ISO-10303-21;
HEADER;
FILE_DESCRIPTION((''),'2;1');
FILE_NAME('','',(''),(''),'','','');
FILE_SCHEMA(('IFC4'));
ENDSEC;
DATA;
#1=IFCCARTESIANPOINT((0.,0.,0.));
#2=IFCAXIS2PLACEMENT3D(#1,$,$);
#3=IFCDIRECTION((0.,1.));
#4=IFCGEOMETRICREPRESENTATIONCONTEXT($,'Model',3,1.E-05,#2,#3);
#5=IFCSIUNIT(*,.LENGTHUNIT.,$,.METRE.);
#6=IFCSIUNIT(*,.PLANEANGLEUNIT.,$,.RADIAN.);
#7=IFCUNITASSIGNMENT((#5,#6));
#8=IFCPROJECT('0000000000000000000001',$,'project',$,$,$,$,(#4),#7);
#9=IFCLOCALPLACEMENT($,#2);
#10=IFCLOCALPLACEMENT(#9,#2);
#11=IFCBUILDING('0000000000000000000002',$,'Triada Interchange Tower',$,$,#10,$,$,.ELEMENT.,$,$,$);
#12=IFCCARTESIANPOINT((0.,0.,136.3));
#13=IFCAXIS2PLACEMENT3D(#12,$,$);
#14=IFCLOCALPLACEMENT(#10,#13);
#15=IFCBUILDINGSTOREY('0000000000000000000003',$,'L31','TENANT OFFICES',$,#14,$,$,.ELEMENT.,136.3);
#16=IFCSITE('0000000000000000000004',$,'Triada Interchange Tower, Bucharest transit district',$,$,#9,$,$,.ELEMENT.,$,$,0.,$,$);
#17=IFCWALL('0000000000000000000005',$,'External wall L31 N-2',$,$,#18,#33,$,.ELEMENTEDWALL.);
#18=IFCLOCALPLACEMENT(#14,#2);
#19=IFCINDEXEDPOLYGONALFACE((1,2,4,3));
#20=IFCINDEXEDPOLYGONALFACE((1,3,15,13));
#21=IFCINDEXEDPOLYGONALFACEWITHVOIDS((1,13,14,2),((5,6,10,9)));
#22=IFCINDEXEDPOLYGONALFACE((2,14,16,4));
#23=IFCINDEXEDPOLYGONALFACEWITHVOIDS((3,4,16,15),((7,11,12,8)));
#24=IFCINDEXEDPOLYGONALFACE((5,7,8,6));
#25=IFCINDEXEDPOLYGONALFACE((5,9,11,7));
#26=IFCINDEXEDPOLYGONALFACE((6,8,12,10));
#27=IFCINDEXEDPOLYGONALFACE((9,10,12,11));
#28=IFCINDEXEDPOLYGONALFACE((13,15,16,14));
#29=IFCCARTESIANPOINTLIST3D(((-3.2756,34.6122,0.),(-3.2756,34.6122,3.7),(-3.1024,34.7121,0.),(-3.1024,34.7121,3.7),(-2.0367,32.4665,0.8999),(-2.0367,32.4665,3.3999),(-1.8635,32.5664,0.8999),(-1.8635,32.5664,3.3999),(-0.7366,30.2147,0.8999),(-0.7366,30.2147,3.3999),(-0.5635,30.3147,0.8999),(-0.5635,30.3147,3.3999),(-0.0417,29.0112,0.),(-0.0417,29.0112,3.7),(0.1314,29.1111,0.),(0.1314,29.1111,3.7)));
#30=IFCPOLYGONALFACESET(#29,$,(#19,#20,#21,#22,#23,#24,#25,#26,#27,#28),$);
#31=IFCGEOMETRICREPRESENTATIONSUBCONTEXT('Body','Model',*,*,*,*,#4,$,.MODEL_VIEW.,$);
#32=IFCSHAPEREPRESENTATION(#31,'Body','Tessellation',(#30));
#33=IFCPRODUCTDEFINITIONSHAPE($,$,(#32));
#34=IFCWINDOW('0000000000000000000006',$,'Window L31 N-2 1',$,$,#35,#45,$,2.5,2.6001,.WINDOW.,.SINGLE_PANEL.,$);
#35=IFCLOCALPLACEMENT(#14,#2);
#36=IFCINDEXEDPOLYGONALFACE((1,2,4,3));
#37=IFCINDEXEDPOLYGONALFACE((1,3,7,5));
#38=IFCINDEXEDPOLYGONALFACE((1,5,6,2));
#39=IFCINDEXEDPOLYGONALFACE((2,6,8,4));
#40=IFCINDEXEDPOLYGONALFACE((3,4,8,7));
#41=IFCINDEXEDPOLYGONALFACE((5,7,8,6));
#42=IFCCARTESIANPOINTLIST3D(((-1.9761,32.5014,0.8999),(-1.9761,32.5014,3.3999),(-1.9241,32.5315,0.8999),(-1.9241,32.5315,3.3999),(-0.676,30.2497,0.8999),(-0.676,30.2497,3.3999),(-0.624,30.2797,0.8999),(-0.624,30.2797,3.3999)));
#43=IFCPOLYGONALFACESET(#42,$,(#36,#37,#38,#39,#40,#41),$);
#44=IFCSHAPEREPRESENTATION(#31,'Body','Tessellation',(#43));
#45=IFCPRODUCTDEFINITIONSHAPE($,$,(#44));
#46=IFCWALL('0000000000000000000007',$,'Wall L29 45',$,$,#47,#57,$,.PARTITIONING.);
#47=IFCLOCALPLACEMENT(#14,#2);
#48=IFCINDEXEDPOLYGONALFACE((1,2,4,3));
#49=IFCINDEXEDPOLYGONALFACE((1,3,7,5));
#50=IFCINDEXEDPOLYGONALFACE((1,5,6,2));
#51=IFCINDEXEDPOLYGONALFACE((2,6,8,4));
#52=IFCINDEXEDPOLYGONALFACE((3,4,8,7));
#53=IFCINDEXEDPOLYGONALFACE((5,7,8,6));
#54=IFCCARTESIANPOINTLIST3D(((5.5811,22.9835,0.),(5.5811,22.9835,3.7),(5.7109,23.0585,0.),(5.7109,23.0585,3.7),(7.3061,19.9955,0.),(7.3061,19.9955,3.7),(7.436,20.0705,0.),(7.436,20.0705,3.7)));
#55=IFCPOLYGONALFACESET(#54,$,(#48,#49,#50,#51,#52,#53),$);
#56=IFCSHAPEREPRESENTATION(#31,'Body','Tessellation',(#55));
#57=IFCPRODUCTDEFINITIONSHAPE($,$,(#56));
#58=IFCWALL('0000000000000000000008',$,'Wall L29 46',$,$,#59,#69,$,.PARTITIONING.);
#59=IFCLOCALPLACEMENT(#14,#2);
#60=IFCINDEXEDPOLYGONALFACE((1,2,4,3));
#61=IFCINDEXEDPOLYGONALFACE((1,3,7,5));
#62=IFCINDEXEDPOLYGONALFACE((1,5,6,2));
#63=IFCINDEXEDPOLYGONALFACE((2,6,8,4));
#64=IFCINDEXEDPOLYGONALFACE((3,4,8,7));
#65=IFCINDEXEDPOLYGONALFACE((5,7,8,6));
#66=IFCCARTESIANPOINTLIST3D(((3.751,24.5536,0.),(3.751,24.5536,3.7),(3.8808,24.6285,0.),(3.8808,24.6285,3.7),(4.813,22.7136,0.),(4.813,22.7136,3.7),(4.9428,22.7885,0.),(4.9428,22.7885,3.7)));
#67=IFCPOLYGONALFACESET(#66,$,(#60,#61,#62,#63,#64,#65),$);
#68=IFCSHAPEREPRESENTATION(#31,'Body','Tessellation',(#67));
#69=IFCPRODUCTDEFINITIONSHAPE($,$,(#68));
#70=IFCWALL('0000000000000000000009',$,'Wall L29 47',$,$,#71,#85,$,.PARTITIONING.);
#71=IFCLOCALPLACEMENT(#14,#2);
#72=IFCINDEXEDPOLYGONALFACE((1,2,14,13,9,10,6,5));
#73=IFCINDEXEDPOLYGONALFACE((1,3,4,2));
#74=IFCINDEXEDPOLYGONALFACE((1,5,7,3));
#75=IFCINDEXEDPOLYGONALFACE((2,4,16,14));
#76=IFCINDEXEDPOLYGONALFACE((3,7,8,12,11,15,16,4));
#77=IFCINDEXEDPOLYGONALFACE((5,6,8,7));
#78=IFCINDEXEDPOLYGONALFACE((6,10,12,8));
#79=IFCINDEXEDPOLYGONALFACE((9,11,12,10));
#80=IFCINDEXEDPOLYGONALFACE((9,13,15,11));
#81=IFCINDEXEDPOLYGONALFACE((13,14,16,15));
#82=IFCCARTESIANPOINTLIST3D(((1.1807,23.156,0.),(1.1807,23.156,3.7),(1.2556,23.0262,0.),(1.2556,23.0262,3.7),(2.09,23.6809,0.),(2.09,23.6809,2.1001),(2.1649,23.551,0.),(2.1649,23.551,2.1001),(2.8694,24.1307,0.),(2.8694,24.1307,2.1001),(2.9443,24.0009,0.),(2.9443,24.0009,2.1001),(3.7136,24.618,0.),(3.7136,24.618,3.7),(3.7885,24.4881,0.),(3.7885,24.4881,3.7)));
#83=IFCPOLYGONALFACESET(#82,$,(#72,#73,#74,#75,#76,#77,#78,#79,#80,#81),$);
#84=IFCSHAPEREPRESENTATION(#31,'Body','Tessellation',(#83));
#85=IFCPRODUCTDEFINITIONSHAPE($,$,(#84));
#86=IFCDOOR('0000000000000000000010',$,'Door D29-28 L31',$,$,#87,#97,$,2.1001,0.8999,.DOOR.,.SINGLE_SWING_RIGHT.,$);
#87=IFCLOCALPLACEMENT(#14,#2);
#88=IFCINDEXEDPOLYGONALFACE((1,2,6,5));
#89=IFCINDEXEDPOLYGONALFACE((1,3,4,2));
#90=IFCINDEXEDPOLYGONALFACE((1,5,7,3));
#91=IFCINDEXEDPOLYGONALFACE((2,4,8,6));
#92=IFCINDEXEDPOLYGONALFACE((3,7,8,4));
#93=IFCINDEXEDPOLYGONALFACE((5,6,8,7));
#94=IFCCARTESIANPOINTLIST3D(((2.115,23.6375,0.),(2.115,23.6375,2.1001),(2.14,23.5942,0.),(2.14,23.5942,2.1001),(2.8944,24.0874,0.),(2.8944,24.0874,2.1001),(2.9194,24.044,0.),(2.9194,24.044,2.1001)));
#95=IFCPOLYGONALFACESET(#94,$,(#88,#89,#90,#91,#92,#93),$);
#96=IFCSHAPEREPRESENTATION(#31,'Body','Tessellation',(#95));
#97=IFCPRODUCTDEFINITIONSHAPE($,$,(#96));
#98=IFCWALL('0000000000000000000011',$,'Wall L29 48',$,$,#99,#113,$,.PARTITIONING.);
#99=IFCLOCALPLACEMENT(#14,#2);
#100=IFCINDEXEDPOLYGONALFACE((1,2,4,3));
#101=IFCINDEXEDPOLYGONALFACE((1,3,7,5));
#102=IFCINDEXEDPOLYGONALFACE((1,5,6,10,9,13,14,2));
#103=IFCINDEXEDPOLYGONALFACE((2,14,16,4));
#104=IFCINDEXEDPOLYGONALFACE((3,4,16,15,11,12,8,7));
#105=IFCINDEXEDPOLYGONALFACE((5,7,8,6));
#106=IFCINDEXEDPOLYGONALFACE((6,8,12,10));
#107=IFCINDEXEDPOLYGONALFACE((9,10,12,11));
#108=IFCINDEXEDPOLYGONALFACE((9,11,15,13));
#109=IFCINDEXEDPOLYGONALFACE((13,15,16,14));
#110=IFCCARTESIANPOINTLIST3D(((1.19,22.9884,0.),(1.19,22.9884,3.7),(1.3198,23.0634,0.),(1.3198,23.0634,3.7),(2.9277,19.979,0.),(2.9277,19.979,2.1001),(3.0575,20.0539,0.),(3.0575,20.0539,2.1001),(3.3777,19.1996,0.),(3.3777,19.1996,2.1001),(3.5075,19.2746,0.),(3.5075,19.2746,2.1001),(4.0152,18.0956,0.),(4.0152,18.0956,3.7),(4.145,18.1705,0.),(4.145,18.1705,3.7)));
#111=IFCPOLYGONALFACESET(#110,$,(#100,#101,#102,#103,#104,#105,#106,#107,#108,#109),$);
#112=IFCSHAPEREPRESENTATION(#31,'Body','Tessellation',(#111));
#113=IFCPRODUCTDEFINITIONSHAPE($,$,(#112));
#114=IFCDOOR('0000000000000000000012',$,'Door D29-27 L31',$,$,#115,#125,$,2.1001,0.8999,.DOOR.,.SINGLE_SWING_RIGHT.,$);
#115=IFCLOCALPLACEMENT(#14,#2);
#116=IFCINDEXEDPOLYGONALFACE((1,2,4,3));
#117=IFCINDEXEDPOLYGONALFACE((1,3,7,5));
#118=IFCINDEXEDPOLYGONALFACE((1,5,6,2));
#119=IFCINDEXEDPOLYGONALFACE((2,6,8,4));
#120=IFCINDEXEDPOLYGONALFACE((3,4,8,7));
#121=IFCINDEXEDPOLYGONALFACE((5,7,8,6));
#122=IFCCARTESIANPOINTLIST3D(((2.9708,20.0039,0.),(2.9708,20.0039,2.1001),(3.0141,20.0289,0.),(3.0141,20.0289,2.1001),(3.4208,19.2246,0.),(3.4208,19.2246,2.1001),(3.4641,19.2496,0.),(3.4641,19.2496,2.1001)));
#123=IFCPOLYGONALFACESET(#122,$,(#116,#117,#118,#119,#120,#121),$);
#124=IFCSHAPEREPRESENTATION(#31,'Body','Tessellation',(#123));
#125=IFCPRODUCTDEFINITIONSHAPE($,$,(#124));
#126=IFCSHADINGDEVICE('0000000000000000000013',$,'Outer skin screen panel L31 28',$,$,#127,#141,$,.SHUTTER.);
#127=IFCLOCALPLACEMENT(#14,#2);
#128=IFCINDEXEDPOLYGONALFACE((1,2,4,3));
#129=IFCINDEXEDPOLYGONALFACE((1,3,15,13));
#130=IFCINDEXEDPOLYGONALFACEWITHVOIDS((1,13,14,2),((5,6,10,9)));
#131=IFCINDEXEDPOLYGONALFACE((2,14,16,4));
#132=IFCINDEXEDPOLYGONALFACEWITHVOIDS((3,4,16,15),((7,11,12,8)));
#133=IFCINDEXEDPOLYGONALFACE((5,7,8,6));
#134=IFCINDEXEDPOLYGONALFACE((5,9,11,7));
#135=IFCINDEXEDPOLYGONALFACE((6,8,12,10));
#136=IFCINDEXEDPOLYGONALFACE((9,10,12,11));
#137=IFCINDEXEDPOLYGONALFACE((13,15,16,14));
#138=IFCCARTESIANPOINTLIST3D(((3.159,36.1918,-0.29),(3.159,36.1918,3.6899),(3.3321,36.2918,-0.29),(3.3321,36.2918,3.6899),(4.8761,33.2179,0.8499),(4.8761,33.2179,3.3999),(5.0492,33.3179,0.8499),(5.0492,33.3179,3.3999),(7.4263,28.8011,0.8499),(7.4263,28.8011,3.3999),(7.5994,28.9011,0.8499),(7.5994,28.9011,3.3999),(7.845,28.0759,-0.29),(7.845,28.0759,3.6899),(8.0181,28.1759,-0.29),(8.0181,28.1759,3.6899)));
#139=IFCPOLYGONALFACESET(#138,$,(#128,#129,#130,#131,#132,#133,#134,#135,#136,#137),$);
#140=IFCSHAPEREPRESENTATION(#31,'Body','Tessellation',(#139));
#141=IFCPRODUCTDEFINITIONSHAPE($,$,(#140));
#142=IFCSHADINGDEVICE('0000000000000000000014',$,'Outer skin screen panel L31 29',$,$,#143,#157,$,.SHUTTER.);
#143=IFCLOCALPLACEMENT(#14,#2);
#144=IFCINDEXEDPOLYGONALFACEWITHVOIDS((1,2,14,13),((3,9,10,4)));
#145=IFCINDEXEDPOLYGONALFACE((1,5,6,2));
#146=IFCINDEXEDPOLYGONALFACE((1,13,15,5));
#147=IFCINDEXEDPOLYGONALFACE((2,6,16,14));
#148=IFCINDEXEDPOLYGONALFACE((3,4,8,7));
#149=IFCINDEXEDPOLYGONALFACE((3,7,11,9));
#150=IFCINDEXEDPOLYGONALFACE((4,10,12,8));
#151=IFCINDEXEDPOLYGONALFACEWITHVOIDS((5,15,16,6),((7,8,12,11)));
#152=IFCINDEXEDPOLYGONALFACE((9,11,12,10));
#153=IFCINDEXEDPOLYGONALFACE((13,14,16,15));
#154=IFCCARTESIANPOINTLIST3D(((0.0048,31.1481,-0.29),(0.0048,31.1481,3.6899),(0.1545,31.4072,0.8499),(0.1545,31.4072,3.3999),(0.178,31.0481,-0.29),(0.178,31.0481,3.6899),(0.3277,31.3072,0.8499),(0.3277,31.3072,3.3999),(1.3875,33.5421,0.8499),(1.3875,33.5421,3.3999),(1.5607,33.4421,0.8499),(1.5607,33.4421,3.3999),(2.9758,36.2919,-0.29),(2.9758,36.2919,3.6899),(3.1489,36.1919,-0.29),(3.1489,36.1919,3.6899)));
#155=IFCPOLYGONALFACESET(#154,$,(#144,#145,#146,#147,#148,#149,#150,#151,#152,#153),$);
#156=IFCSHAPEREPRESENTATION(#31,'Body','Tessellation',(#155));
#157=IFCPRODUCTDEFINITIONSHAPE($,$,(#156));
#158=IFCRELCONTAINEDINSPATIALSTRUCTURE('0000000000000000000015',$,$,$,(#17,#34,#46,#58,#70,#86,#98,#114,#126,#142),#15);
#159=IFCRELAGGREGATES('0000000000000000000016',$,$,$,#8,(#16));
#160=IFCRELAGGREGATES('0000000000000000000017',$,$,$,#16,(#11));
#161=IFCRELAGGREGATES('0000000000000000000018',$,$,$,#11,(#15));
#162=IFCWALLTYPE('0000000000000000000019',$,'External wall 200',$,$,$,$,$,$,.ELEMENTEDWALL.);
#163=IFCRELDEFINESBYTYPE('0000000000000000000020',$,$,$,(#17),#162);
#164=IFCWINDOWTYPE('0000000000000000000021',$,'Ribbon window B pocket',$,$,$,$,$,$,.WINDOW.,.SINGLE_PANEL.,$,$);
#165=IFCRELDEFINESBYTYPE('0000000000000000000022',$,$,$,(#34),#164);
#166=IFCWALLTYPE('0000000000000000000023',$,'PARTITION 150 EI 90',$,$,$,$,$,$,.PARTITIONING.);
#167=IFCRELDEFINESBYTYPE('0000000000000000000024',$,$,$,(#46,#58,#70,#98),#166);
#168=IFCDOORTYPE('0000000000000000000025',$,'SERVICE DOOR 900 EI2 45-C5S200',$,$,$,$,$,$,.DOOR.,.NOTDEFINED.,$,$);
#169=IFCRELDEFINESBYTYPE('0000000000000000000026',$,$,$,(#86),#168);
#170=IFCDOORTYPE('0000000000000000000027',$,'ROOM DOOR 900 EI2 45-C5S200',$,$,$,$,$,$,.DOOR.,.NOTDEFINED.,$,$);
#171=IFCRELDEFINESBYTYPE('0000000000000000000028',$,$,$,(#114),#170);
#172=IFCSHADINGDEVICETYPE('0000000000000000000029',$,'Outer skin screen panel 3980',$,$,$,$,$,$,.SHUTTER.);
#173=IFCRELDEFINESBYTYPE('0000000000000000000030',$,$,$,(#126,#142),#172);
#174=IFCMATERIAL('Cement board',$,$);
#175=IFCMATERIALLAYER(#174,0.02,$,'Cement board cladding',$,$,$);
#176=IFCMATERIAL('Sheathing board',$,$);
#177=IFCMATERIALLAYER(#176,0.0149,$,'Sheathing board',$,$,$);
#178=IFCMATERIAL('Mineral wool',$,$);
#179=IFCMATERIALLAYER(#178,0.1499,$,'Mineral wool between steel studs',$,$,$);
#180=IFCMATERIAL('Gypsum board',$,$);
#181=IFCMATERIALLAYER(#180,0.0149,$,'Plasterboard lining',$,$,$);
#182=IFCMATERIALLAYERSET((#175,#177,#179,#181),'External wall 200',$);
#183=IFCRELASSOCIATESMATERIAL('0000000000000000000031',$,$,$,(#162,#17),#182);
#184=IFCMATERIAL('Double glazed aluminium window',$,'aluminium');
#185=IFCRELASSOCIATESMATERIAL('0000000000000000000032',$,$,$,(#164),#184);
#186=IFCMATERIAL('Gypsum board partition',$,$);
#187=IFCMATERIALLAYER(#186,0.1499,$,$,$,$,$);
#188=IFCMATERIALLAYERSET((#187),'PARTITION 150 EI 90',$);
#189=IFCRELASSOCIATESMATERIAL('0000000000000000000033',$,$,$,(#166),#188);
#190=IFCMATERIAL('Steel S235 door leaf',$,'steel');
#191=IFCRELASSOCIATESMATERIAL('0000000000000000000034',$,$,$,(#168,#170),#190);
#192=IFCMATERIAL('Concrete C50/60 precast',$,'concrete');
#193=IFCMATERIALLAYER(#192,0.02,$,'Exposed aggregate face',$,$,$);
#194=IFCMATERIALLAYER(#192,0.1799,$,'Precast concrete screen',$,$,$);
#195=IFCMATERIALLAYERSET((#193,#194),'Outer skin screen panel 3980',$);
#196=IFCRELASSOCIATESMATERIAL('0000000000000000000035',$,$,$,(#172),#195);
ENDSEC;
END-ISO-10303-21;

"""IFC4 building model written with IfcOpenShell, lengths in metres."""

from ifc_helpers import new_model, si_unit, direction, frame, frame_2d, origin, place, context, subcontext, project, spatial, polyline, rectangle, outline, extrude, material, layer, layer_set, layer_usage, type_object, element, fill, save


model = new_model("IFC4")

# Units and contexts
model_context = context("Model", 3, precision=1e-05, world=origin(), true_north=direction((0.0, 1.0)))
body_context = subcontext(model_context, "Body", "Model", "MODEL_VIEW")
ifc_project = project(units=[si_unit("LENGTHUNIT", "METRE"), si_unit("PLANEANGLEUNIT", "RADIAN")], contexts=[model_context])

# Site, building, storey
site_placement = place(None, origin())
site = spatial("IfcSite", under=ifc_project, at=site_placement, Name="Triada Interchange Tower, Bucharest transit district", CompositionType="ELEMENT", RefElevation=0.0)
building_placement = place(site_placement, origin())
building = spatial("IfcBuilding", under=site, at=building_placement, Name="Triada Interchange Tower", CompositionType="ELEMENT")
storey_placement = place(building_placement, frame((0.0, 0.0, 136.3)))
storey = spatial("IfcBuildingStorey", under=building, at=storey_placement, Name="L31", Description="TENANT OFFICES", CompositionType="ELEMENT", Elevation=136.3)

# Wall, opening, window
ifc_material_1 = material(Name="Cement board")
ifc_layer_1 = layer(ifc_material_1, 0.02, Name="Cement board cladding")
ifc_material_2 = material(Name="Sheathing board")
ifc_layer_2 = layer(ifc_material_2, 0.0149, Name="Sheathing board")
ifc_material_3 = material(Name="Mineral wool")
ifc_layer_3 = layer(ifc_material_3, 0.1499, Name="Mineral wool between steel studs")
ifc_material_4 = material(Name="Gypsum board")
ifc_layer_4 = layer(ifc_material_4, 0.0149, Name="Plasterboard lining")
ifc_layer_set_1 = layer_set([ifc_layer_1, ifc_layer_2, ifc_layer_3, ifc_layer_4], Name="External wall 200")
ifc_layer_usage = layer_usage(ifc_layer_set_1, "AXIS2", "POSITIVE", -0.1001)
wall_type_1 = type_object("IfcWallType", Name="External wall 200", PredefinedType="ELEMENTEDWALL", material=ifc_layer_set_1)
ifc_material_5 = material(Name="Double glazed aluminium window", Category="aluminium")
window_type = type_object("IfcWindowType", Name="Ribbon window B pocket", PartitioningType="SINGLE_PANEL", PredefinedType="WINDOW", material=ifc_material_5)
wall_1_placement = place(storey_placement, frame((0.0449, 29.061, 0.0), z_axis=(0.0, 0.0, 1.0), x_axis=(-0.500012, 0.866018, 0.0)))
wall_1 = element("IfcWall", 1, at=wall_1_placement, inside=storey, type_object=wall_type_1, material=ifc_layer_usage, Name="External wall L31 N-2", PredefinedType="ELEMENTEDWALL", context=body_context, shape_type="SweptSolid", body=[
    extrude(rectangle(XDim=6.4675, YDim=0.2, at=frame_2d((3.2339, 0.0))), origin(), (0.0, 0.0, 1.0), 3.7),
])
opening_1_placement = place(wall_1_placement, frame((1.3899, 0.0, 0.8999)))
opening_1 = element("IfcOpeningElement", 2, at=opening_1_placement, cuts=wall_1, PredefinedType="OPENING", context=body_context, shape_type="SweptSolid", body=[
    extrude(rectangle(XDim=2.6001, YDim=2.5, at=frame_2d((1.3, 1.25))), frame((0.0, 0.1099, 0.0), z_axis=(0.0, -1.0, 0.0), x_axis=(1.0, 0.0, 0.0)), (0.0, 0.0, 1.0), 0.22),
])
window_1_placement = place(opening_1_placement, origin())
window_1 = element("IfcWindow", 3, at=window_1_placement, inside=storey, type_object=window_type, Name="Window L31 N-2 1", OverallHeight=2.5, OverallWidth=2.6001, PartitioningType="SINGLE_PANEL", PredefinedType="WINDOW", context=body_context, shape_type="SweptSolid", body=[
    extrude(rectangle(XDim=2.6001, YDim=2.5, at=frame_2d((1.3, 1.25))), frame((0.0, 0.03, 0.0), z_axis=(0.0, -1.0, 0.0), x_axis=(1.0, 0.0, 0.0)), (0.0, 0.0, 1.0), 0.0601),
])
fill(opening_1, window_1)

# Walls
ifc_material_6 = material(Name="Gypsum board partition")
ifc_layer_5 = layer(ifc_material_6, 0.1499)
ifc_layer_set_2 = layer_set([ifc_layer_5], Name="PARTITION 150 EI 90")
wall_type_2 = type_object("IfcWallType", Name="PARTITION 150 EI 90", PredefinedType="PARTITIONING", material=ifc_layer_set_2)
wall_2_placement = place(storey_placement, frame((5.646, 23.021, 0.0), z_axis=(0.0, 0.0, 1.0), x_axis=(0.49999, -0.866031, 0.0)))
element("IfcWall", 4, at=wall_2_placement, inside=storey, type_object=wall_type_2, Name="Wall L29 45", PredefinedType="PARTITIONING", context=body_context, shape_type="SweptSolid", body=[
    extrude(rectangle(XDim=3.4502, YDim=0.1499, at=frame_2d((1.7251, 0.0))), origin(), (0.0, 0.0, 1.0), 3.7),
])
wall_3_placement = place(storey_placement, frame((3.8159, 24.5911, 0.0), z_axis=(0.0, 0.0, 1.0), x_axis=(0.499872, -0.866099, 0.0)))
element("IfcWall", 5, at=wall_3_placement, inside=storey, type_object=wall_type_2, Name="Wall L29 46", PredefinedType="PARTITIONING", context=body_context, shape_type="SweptSolid", body=[
    extrude(rectangle(XDim=2.1245, YDim=0.1499, at=frame_2d((1.0623, 0.0))), origin(), (0.0, 0.0, 1.0), 3.7),
])

# Walls, openings, doors
wall_4_placement = place(storey_placement, frame((1.218, 23.0911, 0.0), z_axis=(0.0, 0.0, 1.0), x_axis=(0.866098, 0.499874, 0.0)))
wall_4 = element("IfcWall", 6, at=wall_4_placement, inside=storey, type_object=wall_type_2, Name="Wall L29 47", PredefinedType="PARTITIONING", context=body_context, shape_type="SweptSolid", body=[
    extrude(rectangle(XDim=2.9246, YDim=0.1499, at=frame_2d((1.4624, 0.0))), origin(), (0.0, 0.0, 1.0), 3.7),
])
opening_2_placement = place(wall_4_placement, frame((1.05, 0.0, 0.0)))
opening_2 = element("IfcOpeningElement", 7, at=opening_2_placement, cuts=wall_4, PredefinedType="OPENING", context=body_context, shape_type="SweptSolid", body=[
    extrude(rectangle(XDim=0.8999, YDim=2.1001, at=frame_2d((0.45, 1.05))), frame((0.0, 0.085, 0.0), z_axis=(0.0, -1.0, 0.0), x_axis=(1.0, 0.0, 0.0)), (0.0, 0.0, 1.0), 0.1699),
])
ifc_material_7 = material(Name="Steel S235 door leaf", Category="steel")
door_type_1 = type_object("IfcDoorType", Name="SERVICE DOOR 900 EI2 45-C5S200", OperationType="NOTDEFINED", PredefinedType="DOOR", material=ifc_material_7)
door_1_placement = place(opening_2_placement, origin())
door_1 = element("IfcDoor", 8, at=door_1_placement, inside=storey, type_object=door_type_1, Name="Door D29-28 L31", OperationType="SINGLE_SWING_RIGHT", OverallHeight=2.1001, OverallWidth=0.8999, PredefinedType="DOOR", context=body_context, shape_type="SweptSolid", body=[
    extrude(rectangle(XDim=0.8999, YDim=2.1001, at=frame_2d((0.45, 1.05))), frame((0.0, 0.0249, 0.0), z_axis=(0.0, -1.0, 0.0), x_axis=(1.0, 0.0, 0.0)), (0.0, 0.0, 1.0), 0.05),
])
fill(opening_2, door_1)
wall_5_placement = place(storey_placement, frame((1.2549, 23.0259, 0.0), z_axis=(0.0, 0.0, 1.0), x_axis=(0.500043, -0.866001, 0.0)))
wall_5 = element("IfcWall", 9, at=wall_5_placement, inside=storey, type_object=wall_type_2, Name="Wall L29 48", PredefinedType="PARTITIONING", context=body_context, shape_type="SweptSolid", body=[
    extrude(rectangle(XDim=5.6499, YDim=0.1499, at=frame_2d((2.825, 0.0))), origin(), (0.0, 0.0, 1.0), 3.7),
])
opening_3_placement = place(wall_5_placement, frame((3.4751, 0.0, 0.0)))
opening_3 = element("IfcOpeningElement", 10, at=opening_3_placement, cuts=wall_5, PredefinedType="OPENING", context=body_context, shape_type="SweptSolid", body=[
    extrude(rectangle(XDim=0.8999, YDim=2.1001, at=frame_2d((0.45, 1.05))), frame((0.0, 0.085, 0.0), z_axis=(0.0, -1.0, 0.0), x_axis=(1.0, 0.0, 0.0)), (0.0, 0.0, 1.0), 0.1699),
])
door_type_2 = type_object("IfcDoorType", Name="ROOM DOOR 900 EI2 45-C5S200", OperationType="NOTDEFINED", PredefinedType="DOOR", material=ifc_material_7)
door_2_placement = place(opening_3_placement, origin())
door_2 = element("IfcDoor", 11, at=door_2_placement, inside=storey, type_object=door_type_2, Name="Door D29-27 L31", OperationType="SINGLE_SWING_RIGHT", OverallHeight=2.1001, OverallWidth=0.8999, PredefinedType="DOOR", context=body_context, shape_type="SweptSolid", body=[
    extrude(rectangle(XDim=0.8999, YDim=2.1001, at=frame_2d((0.45, 1.05))), frame((0.0, 0.0249, 0.0), z_axis=(0.0, -1.0, 0.0), x_axis=(1.0, 0.0, 0.0)), (0.0, 0.0, 1.0), 0.05),
])
fill(opening_3, door_2)

# Shading devices
ifc_material_8 = material(Name="Concrete C50/60 precast", Category="concrete")
ifc_layer_6 = layer(ifc_material_8, 0.02, Name="Exposed aggregate face")
ifc_layer_7 = layer(ifc_material_8, 0.1799, Name="Precast concrete screen")
ifc_layer_set_3 = layer_set([ifc_layer_6, ifc_layer_7], Name="Outer skin screen panel 3980")
shading_device_type = type_object("IfcShadingDeviceType", Name="Outer skin screen panel 3980", PredefinedType="SHUTTER", material=ifc_layer_set_3)
shading_device_1_placement = place(storey_placement, frame((7.845, 28.0759, -0.29), z_axis=(0.0, 0.0, 1.0), x_axis=(-0.500022, 0.866012, 0.0)))
element("IfcShadingDevice", 12, at=shading_device_1_placement, inside=storey, type_object=shading_device_type, Name="Outer skin screen panel L31 28", PredefinedType="SHUTTER", context=body_context, shape_type="SweptSolid", body=[
    extrude(outline(polyline([(0.0, 0.0), (9.3716, 0.0), (9.3716, 3.98), (0.0, 3.98), (0.0, 0.0)]), holes=[polyline([(0.8374, 1.1399), (0.8374, 3.6899), (5.9375, 3.6899), (5.9375, 1.1399), (0.8374, 1.1399)])]), frame((0.0, 0.0, 0.0), z_axis=(0.0, -1.0, 0.0), x_axis=(1.0, 0.0, 0.0)), (0.0, 0.0, 1.0), 0.2),
])
shading_device_2_placement = place(storey_placement, frame((3.1489, 36.1919, -0.29), z_axis=(0.0, 0.0, 1.0), x_axis=(-0.500148, -0.86594, 0.0)))
element("IfcShadingDevice", 13, at=shading_device_2_placement, inside=storey, type_object=shading_device_type, Name="Outer skin screen panel L31 29", PredefinedType="SHUTTER", context=body_context, shape_type="SweptSolid", body=[
    extrude(outline(polyline([(0.0, 0.0), (5.9402, 0.0), (5.9402, 3.98), (0.0, 3.98), (0.0, 0.0)]), holes=[polyline([(3.1755, 1.1399), (3.1755, 3.6899), (5.6409, 3.6899), (5.6409, 1.1399), (3.1755, 1.1399)])]), frame((0.0, 0.0, 0.0), z_axis=(0.0, -1.0, 0.0), x_axis=(1.0, 0.0, 0.0)), (0.0, 0.0, 1.0), 0.2),
])

save(model, "model.ifc")
